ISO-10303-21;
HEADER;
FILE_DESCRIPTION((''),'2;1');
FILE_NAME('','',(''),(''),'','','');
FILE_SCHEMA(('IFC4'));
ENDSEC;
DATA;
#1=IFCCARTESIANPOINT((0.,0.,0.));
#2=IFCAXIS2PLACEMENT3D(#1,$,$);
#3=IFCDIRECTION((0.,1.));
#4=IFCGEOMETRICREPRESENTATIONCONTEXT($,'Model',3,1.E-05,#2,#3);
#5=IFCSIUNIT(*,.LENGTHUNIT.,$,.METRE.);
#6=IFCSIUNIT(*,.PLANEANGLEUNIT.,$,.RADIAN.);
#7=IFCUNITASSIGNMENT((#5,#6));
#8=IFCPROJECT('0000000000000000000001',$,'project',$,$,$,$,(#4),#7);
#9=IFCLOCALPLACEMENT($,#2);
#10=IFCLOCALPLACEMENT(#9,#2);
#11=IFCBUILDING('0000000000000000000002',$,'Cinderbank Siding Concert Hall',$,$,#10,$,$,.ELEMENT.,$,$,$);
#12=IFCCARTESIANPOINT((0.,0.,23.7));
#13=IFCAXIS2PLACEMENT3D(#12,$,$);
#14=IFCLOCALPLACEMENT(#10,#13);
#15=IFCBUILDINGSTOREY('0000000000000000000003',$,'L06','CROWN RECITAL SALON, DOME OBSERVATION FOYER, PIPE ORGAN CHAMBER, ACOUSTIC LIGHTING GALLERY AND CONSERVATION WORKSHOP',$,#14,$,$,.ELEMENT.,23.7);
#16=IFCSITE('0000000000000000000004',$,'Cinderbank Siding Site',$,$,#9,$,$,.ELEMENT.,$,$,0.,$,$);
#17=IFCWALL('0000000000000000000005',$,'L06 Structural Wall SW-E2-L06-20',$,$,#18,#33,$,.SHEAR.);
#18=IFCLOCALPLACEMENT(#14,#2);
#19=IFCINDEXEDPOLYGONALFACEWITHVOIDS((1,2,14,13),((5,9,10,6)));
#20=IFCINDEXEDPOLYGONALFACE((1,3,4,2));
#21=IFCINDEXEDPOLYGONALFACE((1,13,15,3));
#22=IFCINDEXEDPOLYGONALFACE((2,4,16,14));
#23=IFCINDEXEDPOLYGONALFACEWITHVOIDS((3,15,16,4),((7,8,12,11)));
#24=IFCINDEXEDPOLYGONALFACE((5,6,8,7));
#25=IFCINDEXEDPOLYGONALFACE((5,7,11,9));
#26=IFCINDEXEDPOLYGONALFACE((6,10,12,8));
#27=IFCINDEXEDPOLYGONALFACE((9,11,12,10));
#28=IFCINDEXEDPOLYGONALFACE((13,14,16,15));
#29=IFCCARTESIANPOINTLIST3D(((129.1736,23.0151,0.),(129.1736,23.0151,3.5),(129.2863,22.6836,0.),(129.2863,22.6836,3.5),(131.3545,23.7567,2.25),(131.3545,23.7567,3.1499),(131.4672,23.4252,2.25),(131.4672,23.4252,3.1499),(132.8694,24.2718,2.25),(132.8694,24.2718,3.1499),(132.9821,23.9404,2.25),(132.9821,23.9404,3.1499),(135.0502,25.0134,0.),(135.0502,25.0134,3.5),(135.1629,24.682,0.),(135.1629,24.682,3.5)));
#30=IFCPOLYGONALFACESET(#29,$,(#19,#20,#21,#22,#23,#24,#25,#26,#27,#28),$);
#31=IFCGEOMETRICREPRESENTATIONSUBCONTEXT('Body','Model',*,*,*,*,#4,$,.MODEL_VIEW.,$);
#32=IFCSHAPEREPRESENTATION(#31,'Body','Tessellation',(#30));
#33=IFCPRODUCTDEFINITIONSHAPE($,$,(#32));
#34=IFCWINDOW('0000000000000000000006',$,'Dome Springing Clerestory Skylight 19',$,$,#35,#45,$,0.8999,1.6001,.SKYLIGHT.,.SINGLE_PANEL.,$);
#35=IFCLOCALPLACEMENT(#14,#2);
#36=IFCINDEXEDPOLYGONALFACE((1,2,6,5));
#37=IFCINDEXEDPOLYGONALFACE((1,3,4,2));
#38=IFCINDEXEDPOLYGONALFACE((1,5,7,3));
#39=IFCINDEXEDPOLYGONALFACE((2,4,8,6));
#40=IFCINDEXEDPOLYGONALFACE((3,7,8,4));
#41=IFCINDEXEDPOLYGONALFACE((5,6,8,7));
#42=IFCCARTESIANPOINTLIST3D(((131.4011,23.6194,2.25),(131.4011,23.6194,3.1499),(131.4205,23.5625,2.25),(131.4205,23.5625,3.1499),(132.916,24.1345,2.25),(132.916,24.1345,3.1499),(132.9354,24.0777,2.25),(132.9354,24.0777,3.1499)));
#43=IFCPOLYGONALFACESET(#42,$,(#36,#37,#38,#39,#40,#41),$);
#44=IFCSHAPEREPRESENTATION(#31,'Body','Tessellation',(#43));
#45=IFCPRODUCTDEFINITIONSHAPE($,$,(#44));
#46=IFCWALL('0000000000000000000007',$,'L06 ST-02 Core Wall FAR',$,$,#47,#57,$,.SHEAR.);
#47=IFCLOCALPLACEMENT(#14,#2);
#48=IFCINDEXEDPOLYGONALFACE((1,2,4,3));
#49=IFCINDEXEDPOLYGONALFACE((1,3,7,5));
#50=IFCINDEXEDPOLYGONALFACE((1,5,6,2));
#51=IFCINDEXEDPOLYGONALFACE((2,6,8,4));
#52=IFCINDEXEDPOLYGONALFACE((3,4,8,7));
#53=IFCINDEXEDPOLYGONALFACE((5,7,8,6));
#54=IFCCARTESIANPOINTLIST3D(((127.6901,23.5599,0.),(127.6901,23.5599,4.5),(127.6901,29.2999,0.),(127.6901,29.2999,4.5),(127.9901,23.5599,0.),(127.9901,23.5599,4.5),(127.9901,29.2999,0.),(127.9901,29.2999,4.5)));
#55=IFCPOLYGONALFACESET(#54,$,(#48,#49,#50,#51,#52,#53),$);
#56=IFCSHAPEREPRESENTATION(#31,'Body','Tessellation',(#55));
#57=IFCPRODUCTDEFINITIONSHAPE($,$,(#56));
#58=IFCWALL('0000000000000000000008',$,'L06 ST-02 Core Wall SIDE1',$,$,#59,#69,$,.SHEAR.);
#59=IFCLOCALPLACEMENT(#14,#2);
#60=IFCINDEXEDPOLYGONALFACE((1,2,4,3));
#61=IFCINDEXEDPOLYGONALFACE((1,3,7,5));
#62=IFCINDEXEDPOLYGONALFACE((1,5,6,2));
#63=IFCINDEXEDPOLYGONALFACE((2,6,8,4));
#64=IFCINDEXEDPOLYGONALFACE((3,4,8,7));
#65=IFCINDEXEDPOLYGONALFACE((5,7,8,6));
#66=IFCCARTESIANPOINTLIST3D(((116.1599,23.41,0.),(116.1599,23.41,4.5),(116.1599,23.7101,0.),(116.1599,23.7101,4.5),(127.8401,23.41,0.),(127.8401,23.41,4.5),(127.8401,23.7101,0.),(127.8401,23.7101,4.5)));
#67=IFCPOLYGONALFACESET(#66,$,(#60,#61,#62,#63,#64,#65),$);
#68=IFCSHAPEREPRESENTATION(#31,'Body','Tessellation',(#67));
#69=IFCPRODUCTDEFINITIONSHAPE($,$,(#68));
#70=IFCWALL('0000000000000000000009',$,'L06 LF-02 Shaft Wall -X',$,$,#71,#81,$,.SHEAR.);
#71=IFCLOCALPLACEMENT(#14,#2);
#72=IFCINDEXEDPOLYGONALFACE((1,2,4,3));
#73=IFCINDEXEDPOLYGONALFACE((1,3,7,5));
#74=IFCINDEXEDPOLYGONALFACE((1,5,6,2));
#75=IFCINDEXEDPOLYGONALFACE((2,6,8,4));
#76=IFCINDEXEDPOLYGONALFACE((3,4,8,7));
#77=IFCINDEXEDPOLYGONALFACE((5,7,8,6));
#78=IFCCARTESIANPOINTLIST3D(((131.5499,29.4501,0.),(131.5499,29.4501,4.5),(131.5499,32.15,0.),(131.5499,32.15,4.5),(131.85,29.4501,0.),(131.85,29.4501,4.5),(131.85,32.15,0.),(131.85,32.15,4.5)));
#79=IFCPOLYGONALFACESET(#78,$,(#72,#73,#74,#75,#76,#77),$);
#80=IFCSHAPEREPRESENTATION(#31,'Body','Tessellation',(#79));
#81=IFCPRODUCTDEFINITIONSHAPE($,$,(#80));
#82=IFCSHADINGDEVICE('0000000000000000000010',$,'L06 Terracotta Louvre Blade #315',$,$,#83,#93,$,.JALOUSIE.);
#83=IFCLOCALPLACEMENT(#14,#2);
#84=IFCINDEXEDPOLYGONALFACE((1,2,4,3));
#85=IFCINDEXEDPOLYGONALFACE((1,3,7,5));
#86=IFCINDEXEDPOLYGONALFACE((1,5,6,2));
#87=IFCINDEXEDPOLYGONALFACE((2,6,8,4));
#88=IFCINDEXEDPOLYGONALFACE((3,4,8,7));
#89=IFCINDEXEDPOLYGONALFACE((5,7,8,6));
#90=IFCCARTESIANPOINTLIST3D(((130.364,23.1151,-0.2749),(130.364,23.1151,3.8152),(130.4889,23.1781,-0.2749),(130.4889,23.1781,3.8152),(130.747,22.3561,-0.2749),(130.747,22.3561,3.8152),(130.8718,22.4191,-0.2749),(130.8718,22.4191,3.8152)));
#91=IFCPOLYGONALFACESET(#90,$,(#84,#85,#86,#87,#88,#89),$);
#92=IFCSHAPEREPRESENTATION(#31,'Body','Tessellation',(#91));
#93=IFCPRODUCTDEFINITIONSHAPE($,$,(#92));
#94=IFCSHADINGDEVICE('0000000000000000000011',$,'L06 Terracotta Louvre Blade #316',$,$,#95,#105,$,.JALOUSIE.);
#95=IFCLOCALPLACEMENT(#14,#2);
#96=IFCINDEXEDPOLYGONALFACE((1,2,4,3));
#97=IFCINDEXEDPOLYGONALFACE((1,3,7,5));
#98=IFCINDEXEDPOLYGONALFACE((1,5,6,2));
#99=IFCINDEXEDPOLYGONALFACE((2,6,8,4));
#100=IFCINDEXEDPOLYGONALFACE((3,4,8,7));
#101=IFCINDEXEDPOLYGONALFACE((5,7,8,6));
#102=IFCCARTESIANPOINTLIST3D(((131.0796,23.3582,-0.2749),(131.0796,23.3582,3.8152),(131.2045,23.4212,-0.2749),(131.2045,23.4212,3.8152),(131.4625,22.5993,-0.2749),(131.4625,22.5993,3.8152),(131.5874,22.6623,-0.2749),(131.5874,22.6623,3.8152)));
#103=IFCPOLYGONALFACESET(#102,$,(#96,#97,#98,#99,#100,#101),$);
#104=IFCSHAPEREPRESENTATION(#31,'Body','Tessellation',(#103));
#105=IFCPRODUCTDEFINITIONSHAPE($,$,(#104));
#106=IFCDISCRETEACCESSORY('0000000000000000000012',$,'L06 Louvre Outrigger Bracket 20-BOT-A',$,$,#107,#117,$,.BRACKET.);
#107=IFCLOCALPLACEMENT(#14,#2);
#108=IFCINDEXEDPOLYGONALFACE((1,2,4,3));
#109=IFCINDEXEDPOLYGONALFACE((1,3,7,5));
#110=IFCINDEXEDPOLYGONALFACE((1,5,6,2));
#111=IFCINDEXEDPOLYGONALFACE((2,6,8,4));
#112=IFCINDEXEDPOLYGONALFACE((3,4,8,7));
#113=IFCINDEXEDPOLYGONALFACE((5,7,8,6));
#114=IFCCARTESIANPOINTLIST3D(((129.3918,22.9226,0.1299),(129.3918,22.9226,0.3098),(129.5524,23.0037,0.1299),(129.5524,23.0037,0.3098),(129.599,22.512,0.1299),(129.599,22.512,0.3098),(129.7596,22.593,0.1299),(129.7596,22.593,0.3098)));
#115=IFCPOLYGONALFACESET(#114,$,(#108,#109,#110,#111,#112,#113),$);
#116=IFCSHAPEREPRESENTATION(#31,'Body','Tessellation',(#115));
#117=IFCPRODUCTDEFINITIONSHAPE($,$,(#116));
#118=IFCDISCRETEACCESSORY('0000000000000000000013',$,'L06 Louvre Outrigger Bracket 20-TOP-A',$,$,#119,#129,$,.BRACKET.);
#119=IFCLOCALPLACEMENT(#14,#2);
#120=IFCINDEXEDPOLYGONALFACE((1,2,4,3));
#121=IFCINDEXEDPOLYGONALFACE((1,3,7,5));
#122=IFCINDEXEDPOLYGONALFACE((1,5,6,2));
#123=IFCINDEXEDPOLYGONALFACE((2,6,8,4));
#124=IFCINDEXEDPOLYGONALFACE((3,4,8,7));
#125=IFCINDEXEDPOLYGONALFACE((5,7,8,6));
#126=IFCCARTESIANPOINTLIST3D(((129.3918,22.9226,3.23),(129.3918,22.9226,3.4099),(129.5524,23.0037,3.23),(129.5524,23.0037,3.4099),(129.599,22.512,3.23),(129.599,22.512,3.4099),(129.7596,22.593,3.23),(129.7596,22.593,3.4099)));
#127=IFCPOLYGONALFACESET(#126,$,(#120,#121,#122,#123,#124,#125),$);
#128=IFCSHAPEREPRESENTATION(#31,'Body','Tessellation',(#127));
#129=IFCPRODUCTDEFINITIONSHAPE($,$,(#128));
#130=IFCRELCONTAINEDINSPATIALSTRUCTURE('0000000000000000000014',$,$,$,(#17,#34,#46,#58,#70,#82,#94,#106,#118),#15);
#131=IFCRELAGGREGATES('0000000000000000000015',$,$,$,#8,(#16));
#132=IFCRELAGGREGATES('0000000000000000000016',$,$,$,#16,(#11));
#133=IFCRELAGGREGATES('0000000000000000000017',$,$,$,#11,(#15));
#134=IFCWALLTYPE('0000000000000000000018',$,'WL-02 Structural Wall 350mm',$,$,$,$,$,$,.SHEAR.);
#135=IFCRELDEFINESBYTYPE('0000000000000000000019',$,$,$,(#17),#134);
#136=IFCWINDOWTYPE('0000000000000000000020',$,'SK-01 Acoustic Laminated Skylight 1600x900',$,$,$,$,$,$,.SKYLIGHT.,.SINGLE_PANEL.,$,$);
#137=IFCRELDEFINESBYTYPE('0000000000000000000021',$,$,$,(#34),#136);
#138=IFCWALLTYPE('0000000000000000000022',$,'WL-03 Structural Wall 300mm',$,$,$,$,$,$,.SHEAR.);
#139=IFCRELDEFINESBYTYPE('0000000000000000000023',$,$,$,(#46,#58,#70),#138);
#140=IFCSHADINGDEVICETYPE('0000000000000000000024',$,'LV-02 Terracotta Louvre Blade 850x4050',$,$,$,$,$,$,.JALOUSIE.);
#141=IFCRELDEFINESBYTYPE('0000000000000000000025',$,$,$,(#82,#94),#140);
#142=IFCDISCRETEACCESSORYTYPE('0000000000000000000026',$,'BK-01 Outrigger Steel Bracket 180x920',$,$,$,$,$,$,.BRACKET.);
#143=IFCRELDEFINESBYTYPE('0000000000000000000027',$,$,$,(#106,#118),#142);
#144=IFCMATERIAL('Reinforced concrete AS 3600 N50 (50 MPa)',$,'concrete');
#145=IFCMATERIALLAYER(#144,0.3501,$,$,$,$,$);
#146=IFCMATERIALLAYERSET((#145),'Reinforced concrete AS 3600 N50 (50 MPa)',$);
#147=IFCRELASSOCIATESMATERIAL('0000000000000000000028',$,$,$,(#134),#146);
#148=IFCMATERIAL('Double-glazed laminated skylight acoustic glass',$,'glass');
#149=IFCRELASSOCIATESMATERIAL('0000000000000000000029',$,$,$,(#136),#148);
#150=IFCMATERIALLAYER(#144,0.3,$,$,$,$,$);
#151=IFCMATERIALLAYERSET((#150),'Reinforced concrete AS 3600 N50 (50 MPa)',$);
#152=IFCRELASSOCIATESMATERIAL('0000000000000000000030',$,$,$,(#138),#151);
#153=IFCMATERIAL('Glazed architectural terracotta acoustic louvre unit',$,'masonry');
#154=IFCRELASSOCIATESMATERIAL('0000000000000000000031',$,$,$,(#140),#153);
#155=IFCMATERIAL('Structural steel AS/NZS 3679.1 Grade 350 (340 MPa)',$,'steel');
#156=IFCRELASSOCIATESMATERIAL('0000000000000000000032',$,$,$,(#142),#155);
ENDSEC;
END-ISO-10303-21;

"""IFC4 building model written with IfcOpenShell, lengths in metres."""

from ifc_helpers import new_model, si_unit, direction, frame, frame_2d, origin, origin_2d, place, context, subcontext, project, spatial, rectangle, extrude, material, layer, layer_set, type_object, element, fill, save


model = new_model("IFC4")

# Units and contexts
model_context = context("Model", 3, precision=1e-05, world=origin(), true_north=direction((0.0, 1.0)))
body_context = subcontext(model_context, "Body", "Model", "MODEL_VIEW")
ifc_project = project(units=[si_unit("LENGTHUNIT", "METRE"), si_unit("PLANEANGLEUNIT", "RADIAN")], contexts=[model_context])

# Site, building, storey
site_placement = place(None, origin())
site = spatial("IfcSite", under=ifc_project, at=site_placement, Name="Cinderbank Siding Site", CompositionType="ELEMENT", RefElevation=0.0)
building_placement = place(site_placement, origin())
building = spatial("IfcBuilding", under=site, at=building_placement, Name="Cinderbank Siding Concert Hall", CompositionType="ELEMENT")
storey_placement = place(building_placement, frame((0.0, 0.0, 23.7)))
storey = spatial("IfcBuildingStorey", under=building, at=storey_placement, Name="L06", Description="CROWN RECITAL SALON, DOME OBSERVATION FOYER, PIPE ORGAN CHAMBER, ACOUSTIC LIGHTING GALLERY AND CONSERVATION WORKSHOP", CompositionType="ELEMENT", Elevation=23.7)

# Shared definitions
ifc_material_1 = material(Name="Reinforced concrete AS 3600 N50 (50 MPa)", Category="concrete")

# Wall, opening, window
ifc_layer_1 = layer(ifc_material_1, 0.3501)
ifc_layer_set_1 = layer_set([ifc_layer_1], Name="Reinforced concrete AS 3600 N50 (50 MPa)")
wall_type_1 = type_object("IfcWallType", Name="WL-02 Structural Wall 350mm", PredefinedType="SHEAR", material=ifc_layer_set_1)
wall_1_placement = place(storey_placement, frame((129.23, 22.8494, 0.0), z_axis=(0.0, 0.0, 1.0), x_axis=(0.946758, 0.321945, 0.0)))
wall_1 = element("IfcWall", 1, at=wall_1_placement, inside=storey, type_object=wall_type_1, Name="L06 Structural Wall SW-E2-L06-20", PredefinedType="SHEAR", context=body_context, shape_type="SweptSolid", body=[
    extrude(rectangle(XDim=6.207, YDim=0.3501, at=frame_2d((3.1035, 0.0))), origin(), (0.0, 0.0, 1.0), 3.5),
])
opening_placement = place(wall_1_placement, frame((2.3035, 0.0, 2.25)))
opening = element("IfcOpeningElement", 2, at=opening_placement, cuts=wall_1, PredefinedType="OPENING", context=body_context, shape_type="SweptSolid", body=[
    extrude(rectangle(XDim=1.6001, YDim=0.8999, at=frame_2d((0.8, 0.45))), frame((0.0, 0.187, 0.0), z_axis=(0.0, -1.0, 0.0), x_axis=(1.0, 0.0, 0.0)), (0.0, 0.0, 1.0), 0.374),
])
ifc_material_2 = material(Name="Double-glazed laminated skylight acoustic glass", Category="glass")
window_type = type_object("IfcWindowType", Name="SK-01 Acoustic Laminated Skylight 1600x900", PartitioningType="SINGLE_PANEL", PredefinedType="SKYLIGHT", material=ifc_material_2)
window_placement = place(opening_placement, origin())
window = element("IfcWindow", 3, at=window_placement, inside=storey, type_object=window_type, Name="Dome Springing Clerestory Skylight 19", OverallHeight=0.8999, OverallWidth=1.6001, PartitioningType="SINGLE_PANEL", PredefinedType="SKYLIGHT", context=body_context, shape_type="SweptSolid", body=[
    extrude(rectangle(XDim=1.6001, YDim=0.8999, at=frame_2d((0.8, 0.45))), frame((0.0, 0.03, 0.0), z_axis=(0.0, -1.0, 0.0), x_axis=(1.0, 0.0, 0.0)), (0.0, 0.0, 1.0), 0.0601),
])
fill(opening, window)

# Walls
ifc_layer_2 = layer(ifc_material_1, 0.3)
ifc_layer_set_2 = layer_set([ifc_layer_2], Name="Reinforced concrete AS 3600 N50 (50 MPa)")
wall_type_2 = type_object("IfcWallType", Name="WL-03 Structural Wall 300mm", PredefinedType="SHEAR", material=ifc_layer_set_2)
wall_2_placement = place(storey_placement, frame((127.8401, 29.3, 0.0), z_axis=(0.0, 0.0, 1.0), x_axis=(0.0, -1.0, 0.0)))
element("IfcWall", 4, at=wall_2_placement, inside=storey, type_object=wall_type_2, Name="L06 ST-02 Core Wall FAR", PredefinedType="SHEAR", context=body_context, shape_type="SweptSolid", body=[
    extrude(rectangle(XDim=5.74, YDim=0.3, at=frame_2d((2.8701, 0.0))), origin(), (0.0, 0.0, 1.0), 4.5),
])
wall_3_placement = place(storey_placement, frame((127.8401, 23.5601, 0.0), z_axis=(0.0, 0.0, 1.0), x_axis=(-1.0, 0.0, 0.0)))
element("IfcWall", 5, at=wall_3_placement, inside=storey, type_object=wall_type_2, Name="L06 ST-02 Core Wall SIDE1", PredefinedType="SHEAR", context=body_context, shape_type="SweptSolid", body=[
    extrude(rectangle(XDim=11.6802, YDim=0.3, at=frame_2d((5.8401, 0.0))), origin(), (0.0, 0.0, 1.0), 4.5),
])
wall_4_placement = place(storey_placement, frame((131.7, 29.45, 0.0), z_axis=(0.0, 0.0, 1.0), x_axis=(0.0, 1.0, 0.0)))
element("IfcWall", 6, at=wall_4_placement, inside=storey, type_object=wall_type_2, Name="L06 LF-02 Shaft Wall -X", PredefinedType="SHEAR", context=body_context, shape_type="SweptSolid", body=[
    extrude(rectangle(XDim=2.7, YDim=0.3, at=frame_2d((1.3501, 0.0))), origin(), (0.0, 0.0, 1.0), 4.5),
])

# Shading devices
ifc_material_3 = material(Name="Glazed architectural terracotta acoustic louvre unit", Category="masonry")
shading_device_type = type_object("IfcShadingDeviceType", Name="LV-02 Terracotta Louvre Blade 850x4050", PredefinedType="JALOUSIE", material=ifc_material_3)
for number, where, z_axis, x_axis, name in (
    (7, (130.6179, 22.7671, -0.2749), (0.0, 0.0, 1.0), (0.450487, -0.892783, 0.0), "L06 Terracotta Louvre Blade #315"),
    (8, (131.3335, 23.0103, -0.2749), (0.0, 0.0, 1.0), (0.450487, -0.892783, 0.0), "L06 Terracotta Louvre Blade #316"),
):
    element("IfcShadingDevice", number, at=place(storey_placement, frame(where, z_axis=z_axis, x_axis=x_axis)), inside=storey, type_object=shading_device_type, Name=name, PredefinedType="JALOUSIE", context=body_context, shape_type="SweptSolid", body=[
        extrude(rectangle(XDim=0.8501, YDim=0.1399, at=origin_2d()), origin(), (0.0, 0.0, 1.0), 4.0901),
    ])

# Discrete accessories
ifc_material_4 = material(Name="Structural steel AS/NZS 3679.1 Grade 350 (340 MPa)", Category="steel")
discrete_accessory_type = type_object("IfcDiscreteAccessoryType", Name="BK-01 Outrigger Steel Bracket 180x920", PredefinedType="BRACKET", material=ifc_material_4)
for number, where, z_axis, x_axis, name in (
    (9, (129.5757, 22.7578, 0.1299), (0.0, 0.0, 1.0), (0.450487, -0.892783, 0.0), "L06 Louvre Outrigger Bracket 20-BOT-A"),
    (10, (129.5757, 22.7578, 3.23), (0.0, 0.0, 1.0), (0.450487, -0.892783, 0.0), "L06 Louvre Outrigger Bracket 20-TOP-A"),
):
    element("IfcDiscreteAccessory", number, at=place(storey_placement, frame(where, z_axis=z_axis, x_axis=x_axis)), inside=storey, type_object=discrete_accessory_type, Name=name, PredefinedType="BRACKET", context=body_context, shape_type="SweptSolid", body=[
        extrude(rectangle(XDim=0.46, YDim=0.1799, at=origin_2d()), origin(), (0.0, 0.0, 1.0), 0.1799),
    ])

save(model, "model.ifc")
